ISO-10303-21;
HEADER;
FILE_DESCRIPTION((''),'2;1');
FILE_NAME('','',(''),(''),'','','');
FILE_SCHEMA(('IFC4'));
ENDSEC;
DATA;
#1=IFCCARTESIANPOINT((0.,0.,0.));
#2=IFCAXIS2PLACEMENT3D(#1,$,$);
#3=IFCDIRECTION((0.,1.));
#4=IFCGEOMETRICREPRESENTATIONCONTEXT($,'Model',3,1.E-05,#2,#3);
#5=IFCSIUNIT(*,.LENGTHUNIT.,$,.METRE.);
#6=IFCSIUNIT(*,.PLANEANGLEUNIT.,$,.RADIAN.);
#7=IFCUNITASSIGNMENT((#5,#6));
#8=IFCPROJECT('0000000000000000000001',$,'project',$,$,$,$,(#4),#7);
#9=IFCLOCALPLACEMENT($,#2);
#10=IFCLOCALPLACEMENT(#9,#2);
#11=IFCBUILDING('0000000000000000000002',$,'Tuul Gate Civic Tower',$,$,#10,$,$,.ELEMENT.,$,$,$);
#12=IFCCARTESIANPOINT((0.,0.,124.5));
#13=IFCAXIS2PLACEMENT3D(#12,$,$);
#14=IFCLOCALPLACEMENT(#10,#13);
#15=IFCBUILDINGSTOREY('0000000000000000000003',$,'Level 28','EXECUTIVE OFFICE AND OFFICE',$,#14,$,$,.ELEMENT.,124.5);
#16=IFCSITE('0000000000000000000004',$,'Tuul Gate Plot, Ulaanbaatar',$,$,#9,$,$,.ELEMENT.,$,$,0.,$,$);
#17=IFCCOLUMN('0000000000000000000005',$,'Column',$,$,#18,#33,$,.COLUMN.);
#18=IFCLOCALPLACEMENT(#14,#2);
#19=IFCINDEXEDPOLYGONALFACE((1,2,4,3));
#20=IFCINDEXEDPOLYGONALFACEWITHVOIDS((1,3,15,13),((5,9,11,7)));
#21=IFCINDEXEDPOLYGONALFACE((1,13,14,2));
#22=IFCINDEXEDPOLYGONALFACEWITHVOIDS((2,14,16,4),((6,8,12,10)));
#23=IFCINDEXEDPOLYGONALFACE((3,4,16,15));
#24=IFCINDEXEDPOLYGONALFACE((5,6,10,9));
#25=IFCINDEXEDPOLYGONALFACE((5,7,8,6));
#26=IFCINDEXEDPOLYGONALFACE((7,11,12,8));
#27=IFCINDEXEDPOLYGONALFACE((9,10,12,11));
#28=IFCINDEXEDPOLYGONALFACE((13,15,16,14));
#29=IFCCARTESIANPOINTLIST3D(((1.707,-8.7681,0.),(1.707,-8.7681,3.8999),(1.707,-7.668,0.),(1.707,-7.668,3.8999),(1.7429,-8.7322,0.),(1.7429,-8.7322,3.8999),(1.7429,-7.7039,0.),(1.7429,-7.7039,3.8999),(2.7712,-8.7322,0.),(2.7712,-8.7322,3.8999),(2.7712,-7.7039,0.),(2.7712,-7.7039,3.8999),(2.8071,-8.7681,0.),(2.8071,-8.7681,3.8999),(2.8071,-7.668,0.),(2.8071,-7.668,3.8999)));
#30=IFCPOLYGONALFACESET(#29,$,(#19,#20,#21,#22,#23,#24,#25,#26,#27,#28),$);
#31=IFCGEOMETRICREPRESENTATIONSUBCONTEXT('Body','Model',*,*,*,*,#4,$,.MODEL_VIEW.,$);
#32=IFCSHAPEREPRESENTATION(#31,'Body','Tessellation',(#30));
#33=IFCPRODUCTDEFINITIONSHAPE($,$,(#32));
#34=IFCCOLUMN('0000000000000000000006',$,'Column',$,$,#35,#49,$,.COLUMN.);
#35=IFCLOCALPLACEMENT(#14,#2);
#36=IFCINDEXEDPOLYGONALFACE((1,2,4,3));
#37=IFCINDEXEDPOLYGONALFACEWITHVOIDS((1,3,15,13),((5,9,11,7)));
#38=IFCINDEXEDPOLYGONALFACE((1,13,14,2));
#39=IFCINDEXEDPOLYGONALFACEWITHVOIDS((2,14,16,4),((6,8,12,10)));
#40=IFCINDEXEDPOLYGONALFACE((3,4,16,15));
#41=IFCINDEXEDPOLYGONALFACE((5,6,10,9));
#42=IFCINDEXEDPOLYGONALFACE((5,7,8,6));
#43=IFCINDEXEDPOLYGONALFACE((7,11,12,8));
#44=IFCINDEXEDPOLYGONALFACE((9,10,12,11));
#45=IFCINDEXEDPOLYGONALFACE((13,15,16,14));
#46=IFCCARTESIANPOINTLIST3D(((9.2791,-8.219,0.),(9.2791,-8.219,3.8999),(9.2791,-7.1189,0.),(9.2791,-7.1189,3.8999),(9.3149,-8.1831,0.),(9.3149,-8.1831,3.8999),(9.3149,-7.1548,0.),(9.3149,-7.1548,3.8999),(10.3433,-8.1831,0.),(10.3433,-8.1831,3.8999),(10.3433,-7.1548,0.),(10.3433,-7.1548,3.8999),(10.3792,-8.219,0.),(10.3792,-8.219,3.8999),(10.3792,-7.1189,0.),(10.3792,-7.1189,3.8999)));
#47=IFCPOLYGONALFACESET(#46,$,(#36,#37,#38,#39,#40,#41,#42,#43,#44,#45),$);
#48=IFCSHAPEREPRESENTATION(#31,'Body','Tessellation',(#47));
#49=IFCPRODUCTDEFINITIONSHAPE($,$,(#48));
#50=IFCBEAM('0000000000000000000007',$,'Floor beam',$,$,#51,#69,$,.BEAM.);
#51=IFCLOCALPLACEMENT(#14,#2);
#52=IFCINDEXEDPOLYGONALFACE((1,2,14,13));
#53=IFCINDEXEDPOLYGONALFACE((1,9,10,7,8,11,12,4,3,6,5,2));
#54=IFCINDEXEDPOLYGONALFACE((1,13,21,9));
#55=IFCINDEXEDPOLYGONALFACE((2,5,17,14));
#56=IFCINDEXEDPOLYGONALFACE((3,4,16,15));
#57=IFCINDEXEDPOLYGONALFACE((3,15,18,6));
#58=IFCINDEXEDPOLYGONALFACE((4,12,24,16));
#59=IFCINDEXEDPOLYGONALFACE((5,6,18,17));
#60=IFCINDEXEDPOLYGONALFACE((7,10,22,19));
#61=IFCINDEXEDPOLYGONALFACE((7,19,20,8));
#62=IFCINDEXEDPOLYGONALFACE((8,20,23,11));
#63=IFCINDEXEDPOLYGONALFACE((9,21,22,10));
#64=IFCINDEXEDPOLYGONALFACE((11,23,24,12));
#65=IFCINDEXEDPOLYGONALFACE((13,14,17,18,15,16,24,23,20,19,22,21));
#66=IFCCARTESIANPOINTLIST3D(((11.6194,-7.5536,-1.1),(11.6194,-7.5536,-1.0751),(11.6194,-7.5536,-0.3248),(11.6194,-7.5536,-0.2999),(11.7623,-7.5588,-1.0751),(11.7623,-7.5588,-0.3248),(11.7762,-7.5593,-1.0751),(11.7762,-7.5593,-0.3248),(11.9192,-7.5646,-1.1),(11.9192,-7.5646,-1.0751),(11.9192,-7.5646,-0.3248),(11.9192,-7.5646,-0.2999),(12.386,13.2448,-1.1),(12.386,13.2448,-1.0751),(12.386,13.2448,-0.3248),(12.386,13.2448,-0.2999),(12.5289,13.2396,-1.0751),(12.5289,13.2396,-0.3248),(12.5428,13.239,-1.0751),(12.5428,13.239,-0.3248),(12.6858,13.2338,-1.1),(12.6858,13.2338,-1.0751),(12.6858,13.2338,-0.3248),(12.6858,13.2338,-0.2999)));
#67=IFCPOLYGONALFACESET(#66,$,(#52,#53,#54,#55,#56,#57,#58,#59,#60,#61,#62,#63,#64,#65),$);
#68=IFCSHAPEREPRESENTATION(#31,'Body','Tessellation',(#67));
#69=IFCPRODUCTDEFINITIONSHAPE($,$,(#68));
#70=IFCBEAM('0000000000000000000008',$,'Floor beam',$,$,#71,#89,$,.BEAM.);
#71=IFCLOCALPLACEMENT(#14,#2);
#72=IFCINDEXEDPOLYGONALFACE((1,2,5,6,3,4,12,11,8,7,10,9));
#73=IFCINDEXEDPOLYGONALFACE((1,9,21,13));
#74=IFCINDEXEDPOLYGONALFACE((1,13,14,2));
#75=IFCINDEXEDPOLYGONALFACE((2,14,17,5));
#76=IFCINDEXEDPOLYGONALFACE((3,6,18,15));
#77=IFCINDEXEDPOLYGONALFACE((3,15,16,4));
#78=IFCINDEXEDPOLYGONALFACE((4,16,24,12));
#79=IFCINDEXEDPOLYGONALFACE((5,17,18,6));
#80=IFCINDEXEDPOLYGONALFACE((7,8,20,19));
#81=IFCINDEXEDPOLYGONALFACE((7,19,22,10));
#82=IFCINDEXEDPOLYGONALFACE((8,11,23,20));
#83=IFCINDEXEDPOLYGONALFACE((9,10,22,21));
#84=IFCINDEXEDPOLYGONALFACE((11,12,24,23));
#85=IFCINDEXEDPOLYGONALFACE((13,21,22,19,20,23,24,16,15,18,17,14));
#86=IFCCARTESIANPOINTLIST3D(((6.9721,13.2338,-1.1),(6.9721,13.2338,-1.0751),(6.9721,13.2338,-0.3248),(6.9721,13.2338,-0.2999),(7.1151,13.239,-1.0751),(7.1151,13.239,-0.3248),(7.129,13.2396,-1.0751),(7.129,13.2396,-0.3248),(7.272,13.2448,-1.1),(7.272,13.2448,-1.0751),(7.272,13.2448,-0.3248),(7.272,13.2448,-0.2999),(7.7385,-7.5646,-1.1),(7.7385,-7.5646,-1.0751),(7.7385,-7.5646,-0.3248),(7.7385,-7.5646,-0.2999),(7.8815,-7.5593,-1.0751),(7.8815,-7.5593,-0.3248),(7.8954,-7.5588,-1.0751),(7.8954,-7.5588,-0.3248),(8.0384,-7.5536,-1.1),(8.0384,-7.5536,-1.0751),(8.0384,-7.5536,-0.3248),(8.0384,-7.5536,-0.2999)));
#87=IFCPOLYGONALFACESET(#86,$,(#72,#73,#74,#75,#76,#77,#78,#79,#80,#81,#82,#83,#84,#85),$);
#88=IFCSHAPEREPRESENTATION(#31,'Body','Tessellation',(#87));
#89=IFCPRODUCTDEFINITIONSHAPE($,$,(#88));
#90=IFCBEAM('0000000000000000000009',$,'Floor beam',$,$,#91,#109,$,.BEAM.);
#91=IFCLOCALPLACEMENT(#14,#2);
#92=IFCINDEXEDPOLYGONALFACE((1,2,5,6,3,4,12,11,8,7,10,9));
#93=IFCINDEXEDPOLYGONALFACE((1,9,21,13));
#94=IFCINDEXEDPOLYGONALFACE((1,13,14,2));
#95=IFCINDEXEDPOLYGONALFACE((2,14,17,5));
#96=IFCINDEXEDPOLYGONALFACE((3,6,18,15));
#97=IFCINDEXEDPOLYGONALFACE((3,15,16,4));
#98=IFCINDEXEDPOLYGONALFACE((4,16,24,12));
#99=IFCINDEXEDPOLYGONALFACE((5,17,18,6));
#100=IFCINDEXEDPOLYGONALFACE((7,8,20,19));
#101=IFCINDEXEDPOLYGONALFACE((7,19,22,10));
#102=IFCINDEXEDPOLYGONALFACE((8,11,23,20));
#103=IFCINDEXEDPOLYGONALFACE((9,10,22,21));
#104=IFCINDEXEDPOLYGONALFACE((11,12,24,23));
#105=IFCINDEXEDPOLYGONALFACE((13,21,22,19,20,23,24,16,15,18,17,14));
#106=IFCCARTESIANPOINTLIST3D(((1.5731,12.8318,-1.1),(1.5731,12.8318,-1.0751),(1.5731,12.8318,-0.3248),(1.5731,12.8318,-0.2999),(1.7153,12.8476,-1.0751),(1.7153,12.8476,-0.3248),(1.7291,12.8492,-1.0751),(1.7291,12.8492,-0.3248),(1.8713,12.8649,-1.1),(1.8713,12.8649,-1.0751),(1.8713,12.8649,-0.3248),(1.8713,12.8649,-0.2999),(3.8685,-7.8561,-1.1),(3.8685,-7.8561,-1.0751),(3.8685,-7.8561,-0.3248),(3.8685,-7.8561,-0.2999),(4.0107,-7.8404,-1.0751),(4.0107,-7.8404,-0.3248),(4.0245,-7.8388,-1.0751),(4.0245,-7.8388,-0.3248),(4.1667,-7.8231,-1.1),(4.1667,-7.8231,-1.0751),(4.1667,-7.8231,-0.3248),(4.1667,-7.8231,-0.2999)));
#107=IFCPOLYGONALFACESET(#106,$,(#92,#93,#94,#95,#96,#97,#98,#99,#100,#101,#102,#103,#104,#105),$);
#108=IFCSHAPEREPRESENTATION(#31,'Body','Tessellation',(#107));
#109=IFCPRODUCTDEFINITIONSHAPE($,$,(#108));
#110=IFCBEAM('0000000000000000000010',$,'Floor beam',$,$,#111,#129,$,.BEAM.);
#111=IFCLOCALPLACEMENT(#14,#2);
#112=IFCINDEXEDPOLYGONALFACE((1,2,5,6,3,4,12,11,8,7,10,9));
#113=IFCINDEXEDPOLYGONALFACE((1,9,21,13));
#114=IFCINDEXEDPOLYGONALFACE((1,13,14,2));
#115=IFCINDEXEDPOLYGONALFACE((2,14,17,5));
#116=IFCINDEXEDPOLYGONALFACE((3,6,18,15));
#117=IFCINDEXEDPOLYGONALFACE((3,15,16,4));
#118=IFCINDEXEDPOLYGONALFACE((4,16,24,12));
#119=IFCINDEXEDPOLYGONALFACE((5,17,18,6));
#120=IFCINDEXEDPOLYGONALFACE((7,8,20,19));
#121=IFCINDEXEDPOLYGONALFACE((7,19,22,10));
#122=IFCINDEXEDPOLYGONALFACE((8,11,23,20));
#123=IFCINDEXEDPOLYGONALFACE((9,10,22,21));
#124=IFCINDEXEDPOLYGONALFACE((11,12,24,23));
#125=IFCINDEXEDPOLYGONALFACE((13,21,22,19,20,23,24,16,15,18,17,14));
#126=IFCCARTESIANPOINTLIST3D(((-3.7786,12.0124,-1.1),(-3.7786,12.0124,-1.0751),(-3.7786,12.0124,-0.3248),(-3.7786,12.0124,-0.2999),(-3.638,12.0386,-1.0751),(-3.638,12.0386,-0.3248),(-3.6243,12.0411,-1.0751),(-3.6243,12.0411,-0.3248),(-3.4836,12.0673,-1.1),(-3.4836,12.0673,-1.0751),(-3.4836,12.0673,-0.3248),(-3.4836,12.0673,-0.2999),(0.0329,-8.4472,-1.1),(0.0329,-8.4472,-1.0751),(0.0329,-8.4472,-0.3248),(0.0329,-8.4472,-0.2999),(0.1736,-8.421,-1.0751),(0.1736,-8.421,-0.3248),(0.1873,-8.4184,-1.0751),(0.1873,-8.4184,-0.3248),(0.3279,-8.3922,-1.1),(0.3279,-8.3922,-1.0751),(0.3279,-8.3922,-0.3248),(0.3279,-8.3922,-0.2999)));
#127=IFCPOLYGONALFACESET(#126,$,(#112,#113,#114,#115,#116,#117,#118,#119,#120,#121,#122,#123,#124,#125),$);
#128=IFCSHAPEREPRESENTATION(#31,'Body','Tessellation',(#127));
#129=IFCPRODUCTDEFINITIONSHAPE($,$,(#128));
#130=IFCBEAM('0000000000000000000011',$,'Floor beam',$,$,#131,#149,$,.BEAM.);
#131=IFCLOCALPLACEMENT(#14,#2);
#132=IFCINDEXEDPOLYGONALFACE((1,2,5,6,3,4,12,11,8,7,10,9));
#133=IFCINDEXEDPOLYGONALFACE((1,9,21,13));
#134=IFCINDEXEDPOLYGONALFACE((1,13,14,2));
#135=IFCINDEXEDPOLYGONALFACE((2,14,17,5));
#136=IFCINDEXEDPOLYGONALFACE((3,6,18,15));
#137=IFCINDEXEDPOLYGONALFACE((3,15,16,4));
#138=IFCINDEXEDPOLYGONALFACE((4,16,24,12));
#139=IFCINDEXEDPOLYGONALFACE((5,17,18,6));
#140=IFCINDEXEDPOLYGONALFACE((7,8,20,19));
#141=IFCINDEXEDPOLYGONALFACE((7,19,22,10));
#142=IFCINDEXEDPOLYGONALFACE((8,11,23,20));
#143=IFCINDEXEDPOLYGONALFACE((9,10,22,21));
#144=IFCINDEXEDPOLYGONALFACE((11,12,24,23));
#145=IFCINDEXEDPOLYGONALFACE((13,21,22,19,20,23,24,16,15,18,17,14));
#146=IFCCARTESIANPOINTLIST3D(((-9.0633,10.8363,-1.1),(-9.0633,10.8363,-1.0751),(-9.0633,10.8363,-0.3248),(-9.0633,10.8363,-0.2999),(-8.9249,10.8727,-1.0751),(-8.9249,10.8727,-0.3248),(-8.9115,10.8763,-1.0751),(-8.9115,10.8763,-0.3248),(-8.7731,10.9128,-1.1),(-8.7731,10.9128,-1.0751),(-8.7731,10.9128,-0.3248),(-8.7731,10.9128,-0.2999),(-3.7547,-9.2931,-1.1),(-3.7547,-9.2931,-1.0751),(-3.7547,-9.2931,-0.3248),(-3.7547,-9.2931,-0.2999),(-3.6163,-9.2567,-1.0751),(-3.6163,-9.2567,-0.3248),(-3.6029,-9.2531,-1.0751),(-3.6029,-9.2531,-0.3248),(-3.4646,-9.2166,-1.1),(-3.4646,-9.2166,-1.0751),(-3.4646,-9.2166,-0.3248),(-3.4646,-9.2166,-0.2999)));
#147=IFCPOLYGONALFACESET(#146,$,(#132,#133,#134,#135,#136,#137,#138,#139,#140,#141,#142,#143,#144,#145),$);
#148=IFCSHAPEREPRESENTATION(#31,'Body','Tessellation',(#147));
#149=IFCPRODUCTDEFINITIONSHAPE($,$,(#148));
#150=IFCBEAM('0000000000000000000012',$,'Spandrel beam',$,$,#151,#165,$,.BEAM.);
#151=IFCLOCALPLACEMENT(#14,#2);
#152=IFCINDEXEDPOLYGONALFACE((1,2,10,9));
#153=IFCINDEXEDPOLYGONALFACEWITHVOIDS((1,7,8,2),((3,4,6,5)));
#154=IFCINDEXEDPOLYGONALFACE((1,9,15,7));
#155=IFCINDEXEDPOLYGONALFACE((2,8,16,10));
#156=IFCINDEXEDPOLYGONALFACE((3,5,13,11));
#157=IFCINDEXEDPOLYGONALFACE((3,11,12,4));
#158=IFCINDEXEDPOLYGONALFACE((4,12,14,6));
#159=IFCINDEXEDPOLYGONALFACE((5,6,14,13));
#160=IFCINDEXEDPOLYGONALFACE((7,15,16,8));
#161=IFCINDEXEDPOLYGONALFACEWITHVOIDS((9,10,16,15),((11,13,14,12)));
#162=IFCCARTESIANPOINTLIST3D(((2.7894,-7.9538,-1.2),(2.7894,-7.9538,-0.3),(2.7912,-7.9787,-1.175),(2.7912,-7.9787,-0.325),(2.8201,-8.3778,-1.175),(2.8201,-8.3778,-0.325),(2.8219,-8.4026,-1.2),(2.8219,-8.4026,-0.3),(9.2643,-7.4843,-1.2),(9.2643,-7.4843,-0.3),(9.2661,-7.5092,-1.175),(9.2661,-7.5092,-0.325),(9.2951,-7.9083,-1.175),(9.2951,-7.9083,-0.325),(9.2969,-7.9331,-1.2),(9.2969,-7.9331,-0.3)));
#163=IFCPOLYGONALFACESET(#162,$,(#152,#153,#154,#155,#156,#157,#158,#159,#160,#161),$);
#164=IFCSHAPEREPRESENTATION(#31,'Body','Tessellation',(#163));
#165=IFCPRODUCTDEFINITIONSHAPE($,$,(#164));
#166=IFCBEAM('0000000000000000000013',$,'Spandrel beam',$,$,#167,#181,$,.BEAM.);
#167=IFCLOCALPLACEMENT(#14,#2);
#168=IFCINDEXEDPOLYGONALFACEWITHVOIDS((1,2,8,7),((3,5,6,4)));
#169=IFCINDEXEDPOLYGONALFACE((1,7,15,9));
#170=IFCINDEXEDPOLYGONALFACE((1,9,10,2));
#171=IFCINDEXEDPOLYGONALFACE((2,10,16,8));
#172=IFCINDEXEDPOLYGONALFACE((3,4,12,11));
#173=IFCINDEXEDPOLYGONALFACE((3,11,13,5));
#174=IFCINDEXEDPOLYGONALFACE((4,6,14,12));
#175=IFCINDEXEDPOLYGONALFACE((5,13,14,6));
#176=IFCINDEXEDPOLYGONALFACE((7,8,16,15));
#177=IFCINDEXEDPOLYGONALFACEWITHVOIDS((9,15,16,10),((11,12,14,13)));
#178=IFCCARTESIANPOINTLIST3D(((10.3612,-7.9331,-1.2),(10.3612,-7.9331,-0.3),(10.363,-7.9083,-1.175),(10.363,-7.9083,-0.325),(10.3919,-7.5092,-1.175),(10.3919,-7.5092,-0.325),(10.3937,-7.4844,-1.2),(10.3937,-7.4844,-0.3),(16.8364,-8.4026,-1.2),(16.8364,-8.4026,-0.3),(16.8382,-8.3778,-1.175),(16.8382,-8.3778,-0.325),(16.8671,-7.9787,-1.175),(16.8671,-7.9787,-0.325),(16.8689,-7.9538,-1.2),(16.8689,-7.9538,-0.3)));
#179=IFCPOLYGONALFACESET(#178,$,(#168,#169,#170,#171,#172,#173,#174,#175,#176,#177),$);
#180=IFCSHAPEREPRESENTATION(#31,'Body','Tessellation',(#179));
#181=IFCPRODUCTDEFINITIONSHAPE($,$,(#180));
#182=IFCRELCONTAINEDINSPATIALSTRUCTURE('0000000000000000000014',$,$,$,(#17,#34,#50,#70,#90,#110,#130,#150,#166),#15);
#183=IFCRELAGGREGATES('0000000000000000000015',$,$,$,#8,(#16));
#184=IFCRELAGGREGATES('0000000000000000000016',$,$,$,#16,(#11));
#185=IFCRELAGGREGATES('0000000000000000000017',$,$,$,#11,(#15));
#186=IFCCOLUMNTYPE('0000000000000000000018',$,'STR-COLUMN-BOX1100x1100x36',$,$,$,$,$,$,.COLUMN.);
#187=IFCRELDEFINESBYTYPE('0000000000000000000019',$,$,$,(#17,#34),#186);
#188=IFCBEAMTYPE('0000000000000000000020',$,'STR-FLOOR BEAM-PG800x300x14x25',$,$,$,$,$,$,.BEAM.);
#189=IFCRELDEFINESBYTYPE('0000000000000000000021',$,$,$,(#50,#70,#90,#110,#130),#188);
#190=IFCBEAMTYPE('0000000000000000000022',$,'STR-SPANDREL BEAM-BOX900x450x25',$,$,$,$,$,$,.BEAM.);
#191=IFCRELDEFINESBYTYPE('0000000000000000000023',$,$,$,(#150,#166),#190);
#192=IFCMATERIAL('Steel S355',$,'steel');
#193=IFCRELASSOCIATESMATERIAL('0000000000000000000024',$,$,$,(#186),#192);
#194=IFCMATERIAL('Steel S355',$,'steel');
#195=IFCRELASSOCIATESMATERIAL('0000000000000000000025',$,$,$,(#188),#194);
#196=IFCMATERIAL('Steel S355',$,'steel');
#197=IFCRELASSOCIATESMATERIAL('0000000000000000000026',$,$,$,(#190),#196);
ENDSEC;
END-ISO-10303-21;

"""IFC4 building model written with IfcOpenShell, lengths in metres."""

from ifc_helpers import new_model, si_unit, direction, frame, origin, origin_2d, place, context, subcontext, project, spatial, hollow_rectangle, i_section, extrude, material, material_profile, profile_set, type_object, element, save


model = new_model("IFC4")

# Units and contexts
model_context = context("Model", 3, precision=1e-05, world=origin(), true_north=direction((0.0, 1.0)))
body_context = subcontext(model_context, "Body", "Model", "MODEL_VIEW")
ifc_project = project(units=[si_unit("LENGTHUNIT", "METRE"), si_unit("PLANEANGLEUNIT", "RADIAN")], contexts=[model_context])

# Site, building, storey
site_placement = place(None, origin())
site = spatial("IfcSite", under=ifc_project, at=site_placement, Name="Tuul Gate Plot, Ulaanbaatar", CompositionType="ELEMENT", RefElevation=0.0)
building_placement = place(site_placement, origin())
building = spatial("IfcBuilding", under=site, at=building_placement, Name="Tuul Gate Civic Tower", CompositionType="ELEMENT")
storey_placement = place(building_placement, frame((0.0, 0.0, 124.5)))
storey = spatial("IfcBuildingStorey", under=building, at=storey_placement, Name="Level 28", Description="EXECUTIVE OFFICE AND OFFICE", CompositionType="ELEMENT", Elevation=124.5)

# Columns
ifc_material_1 = material(Name="Steel S355", Category="steel")
ifc_material_profile_1 = material_profile(ifc_material_1, hollow_rectangle(XDim=1.1001, YDim=1.1001, WallThickness=0.0359, at=origin_2d()), Name="BOX1100x1100x36")
ifc_profile_set_1 = profile_set([ifc_material_profile_1], Name="Steel S355")
column_type = type_object("IfcColumnType", Name="STR-COLUMN-BOX1100x1100x36", PredefinedType="COLUMN", material=ifc_profile_set_1)
for number, where, z_axis, x_axis, name in (
    (1, (2.2571, -8.218, 0.0), (0.0, 0.0, 1.0), (1.0, 0.0, 0.0), "Column"),
    (2, (9.8291, -7.6689, 0.0), (0.0, 0.0, 1.0), (1.0, 0.0, 0.0), "Column"),
):
    element("IfcColumn", number, at=place(storey_placement, frame(where, z_axis=z_axis, x_axis=x_axis)), inside=storey, type_object=column_type, Name=name, PredefinedType="COLUMN", context=body_context, shape_type="SweptSolid", body=[
        extrude(hollow_rectangle(XDim=1.1001, YDim=1.1001, WallThickness=0.0359, at=origin_2d()), origin(), (0.0, 0.0, 1.0), 3.8999),
    ])

# Beams
ifc_material_2 = material(Name="Steel S355", Category="steel")
ifc_material_profile_2 = material_profile(ifc_material_2, i_section(OverallWidth=0.3, OverallDepth=0.8, WebThickness=0.0139, FlangeThickness=0.0249, at=origin_2d()), Name="PG800x300x14x25")
ifc_profile_set_2 = profile_set([ifc_material_profile_2], Name="Steel S355")
beam_type_1 = type_object("IfcBeamType", Name="STR-FLOOR BEAM-PG800x300x14x25", PredefinedType="BEAM", material=ifc_profile_set_2)
for number, where, z_axis, x_axis, name in (
    (3, (11.7693, -7.5591, -0.7), (0.036834, 0.999321, 0.0), (-0.999321, 0.036834, 0.0), "Floor beam"),
    (4, (7.8884, -7.5591, -0.7), (-0.036822, 0.999322, 0.0), (-0.999322, -0.036822, 0.0), "Floor beam"),
):
    element("IfcBeam", number, at=place(storey_placement, frame(where, z_axis=z_axis, x_axis=x_axis)), inside=storey, type_object=beam_type_1, Name=name, PredefinedType="BEAM", context=body_context, shape_type="SweptSolid", body=[
        extrude(i_section(OverallWidth=0.3, OverallDepth=0.8, WebThickness=0.0139, FlangeThickness=0.0249, at=origin_2d()), origin(), (0.0, 0.0, 1.0), 20.8125),
    ])
beam_1_placement = place(storey_placement, frame((4.0176, -7.8396, -0.7), z_axis=(-0.110277, 0.993901, 0.0), x_axis=(-0.993901, -0.110277, 0.0)))
element("IfcBeam", 5, at=beam_1_placement, inside=storey, type_object=beam_type_1, Name="Floor beam", PredefinedType="BEAM", context=body_context, shape_type="SweptSolid", body=[
    extrude(i_section(OverallWidth=0.3, OverallDepth=0.8, WebThickness=0.0139, FlangeThickness=0.0249, at=origin_2d()), origin(), (0.0, 0.0, 1.0), 20.8149),
])
beam_2_placement = place(storey_placement, frame((0.1804, -8.4197, -0.7), z_axis=(-0.183145, 0.983086, 0.0), x_axis=(-0.983086, -0.183145, 0.0)))
element("IfcBeam", 6, at=beam_2_placement, inside=storey, type_object=beam_type_1, Name="Floor beam", PredefinedType="BEAM", context=body_context, shape_type="SweptSolid", body=[
    extrude(i_section(OverallWidth=0.3, OverallDepth=0.8, WebThickness=0.0139, FlangeThickness=0.0249, at=origin_2d()), origin(), (0.0, 0.0, 1.0), 20.8115),
])
beam_3_placement = place(storey_placement, frame((-3.6096, -9.2549, -0.7), z_axis=(-0.255005, 0.96694, 0.0), x_axis=(-0.96694, -0.255005, 0.0)))
element("IfcBeam", 7, at=beam_3_placement, inside=storey, type_object=beam_type_1, Name="Floor beam", PredefinedType="BEAM", context=body_context, shape_type="SweptSolid", body=[
    extrude(i_section(OverallWidth=0.3, OverallDepth=0.8, WebThickness=0.0139, FlangeThickness=0.0249, at=origin_2d()), origin(), (0.0, 0.0, 1.0), 20.8176),
])
ifc_material_3 = material(Name="Steel S355", Category="steel")
ifc_material_profile_3 = material_profile(ifc_material_3, hollow_rectangle(XDim=0.45, YDim=0.8999, WallThickness=0.0249, at=origin_2d()), Name="BOX900x450x25")
ifc_profile_set_3 = profile_set([ifc_material_profile_3], Name="Steel S355")
beam_type_2 = type_object("IfcBeamType", Name="STR-SPANDREL BEAM-BOX900x450x25", PredefinedType="BEAM", material=ifc_profile_set_3)
beam_4_placement = place(storey_placement, frame((2.8057, -8.1782, -0.75), z_axis=(0.997382, 0.072319, 0.0), x_axis=(-0.072319, 0.997382, 0.0)))
element("IfcBeam", 8, at=beam_4_placement, inside=storey, type_object=beam_type_2, Name="Spandrel beam", PredefinedType="BEAM", context=body_context, shape_type="SweptSolid", body=[
    extrude(hollow_rectangle(XDim=0.45, YDim=0.8999, WallThickness=0.0249, at=origin_2d()), origin(), (0.0, 0.0, 1.0), 6.4919),
])
beam_5_placement = place(storey_placement, frame((10.3774, -7.7087, -0.75), z_axis=(0.997382, -0.072316, 0.0), x_axis=(0.072316, 0.997382, 0.0)))
element("IfcBeam", 9, at=beam_5_placement, inside=storey, type_object=beam_type_2, Name="Spandrel beam", PredefinedType="BEAM", context=body_context, shape_type="SweptSolid", body=[
    extrude(hollow_rectangle(XDim=0.45, YDim=0.8999, WallThickness=0.0249, at=origin_2d()), origin(), (0.0, 0.0, 1.0), 6.4922),
])

save(model, "model.ifc")
